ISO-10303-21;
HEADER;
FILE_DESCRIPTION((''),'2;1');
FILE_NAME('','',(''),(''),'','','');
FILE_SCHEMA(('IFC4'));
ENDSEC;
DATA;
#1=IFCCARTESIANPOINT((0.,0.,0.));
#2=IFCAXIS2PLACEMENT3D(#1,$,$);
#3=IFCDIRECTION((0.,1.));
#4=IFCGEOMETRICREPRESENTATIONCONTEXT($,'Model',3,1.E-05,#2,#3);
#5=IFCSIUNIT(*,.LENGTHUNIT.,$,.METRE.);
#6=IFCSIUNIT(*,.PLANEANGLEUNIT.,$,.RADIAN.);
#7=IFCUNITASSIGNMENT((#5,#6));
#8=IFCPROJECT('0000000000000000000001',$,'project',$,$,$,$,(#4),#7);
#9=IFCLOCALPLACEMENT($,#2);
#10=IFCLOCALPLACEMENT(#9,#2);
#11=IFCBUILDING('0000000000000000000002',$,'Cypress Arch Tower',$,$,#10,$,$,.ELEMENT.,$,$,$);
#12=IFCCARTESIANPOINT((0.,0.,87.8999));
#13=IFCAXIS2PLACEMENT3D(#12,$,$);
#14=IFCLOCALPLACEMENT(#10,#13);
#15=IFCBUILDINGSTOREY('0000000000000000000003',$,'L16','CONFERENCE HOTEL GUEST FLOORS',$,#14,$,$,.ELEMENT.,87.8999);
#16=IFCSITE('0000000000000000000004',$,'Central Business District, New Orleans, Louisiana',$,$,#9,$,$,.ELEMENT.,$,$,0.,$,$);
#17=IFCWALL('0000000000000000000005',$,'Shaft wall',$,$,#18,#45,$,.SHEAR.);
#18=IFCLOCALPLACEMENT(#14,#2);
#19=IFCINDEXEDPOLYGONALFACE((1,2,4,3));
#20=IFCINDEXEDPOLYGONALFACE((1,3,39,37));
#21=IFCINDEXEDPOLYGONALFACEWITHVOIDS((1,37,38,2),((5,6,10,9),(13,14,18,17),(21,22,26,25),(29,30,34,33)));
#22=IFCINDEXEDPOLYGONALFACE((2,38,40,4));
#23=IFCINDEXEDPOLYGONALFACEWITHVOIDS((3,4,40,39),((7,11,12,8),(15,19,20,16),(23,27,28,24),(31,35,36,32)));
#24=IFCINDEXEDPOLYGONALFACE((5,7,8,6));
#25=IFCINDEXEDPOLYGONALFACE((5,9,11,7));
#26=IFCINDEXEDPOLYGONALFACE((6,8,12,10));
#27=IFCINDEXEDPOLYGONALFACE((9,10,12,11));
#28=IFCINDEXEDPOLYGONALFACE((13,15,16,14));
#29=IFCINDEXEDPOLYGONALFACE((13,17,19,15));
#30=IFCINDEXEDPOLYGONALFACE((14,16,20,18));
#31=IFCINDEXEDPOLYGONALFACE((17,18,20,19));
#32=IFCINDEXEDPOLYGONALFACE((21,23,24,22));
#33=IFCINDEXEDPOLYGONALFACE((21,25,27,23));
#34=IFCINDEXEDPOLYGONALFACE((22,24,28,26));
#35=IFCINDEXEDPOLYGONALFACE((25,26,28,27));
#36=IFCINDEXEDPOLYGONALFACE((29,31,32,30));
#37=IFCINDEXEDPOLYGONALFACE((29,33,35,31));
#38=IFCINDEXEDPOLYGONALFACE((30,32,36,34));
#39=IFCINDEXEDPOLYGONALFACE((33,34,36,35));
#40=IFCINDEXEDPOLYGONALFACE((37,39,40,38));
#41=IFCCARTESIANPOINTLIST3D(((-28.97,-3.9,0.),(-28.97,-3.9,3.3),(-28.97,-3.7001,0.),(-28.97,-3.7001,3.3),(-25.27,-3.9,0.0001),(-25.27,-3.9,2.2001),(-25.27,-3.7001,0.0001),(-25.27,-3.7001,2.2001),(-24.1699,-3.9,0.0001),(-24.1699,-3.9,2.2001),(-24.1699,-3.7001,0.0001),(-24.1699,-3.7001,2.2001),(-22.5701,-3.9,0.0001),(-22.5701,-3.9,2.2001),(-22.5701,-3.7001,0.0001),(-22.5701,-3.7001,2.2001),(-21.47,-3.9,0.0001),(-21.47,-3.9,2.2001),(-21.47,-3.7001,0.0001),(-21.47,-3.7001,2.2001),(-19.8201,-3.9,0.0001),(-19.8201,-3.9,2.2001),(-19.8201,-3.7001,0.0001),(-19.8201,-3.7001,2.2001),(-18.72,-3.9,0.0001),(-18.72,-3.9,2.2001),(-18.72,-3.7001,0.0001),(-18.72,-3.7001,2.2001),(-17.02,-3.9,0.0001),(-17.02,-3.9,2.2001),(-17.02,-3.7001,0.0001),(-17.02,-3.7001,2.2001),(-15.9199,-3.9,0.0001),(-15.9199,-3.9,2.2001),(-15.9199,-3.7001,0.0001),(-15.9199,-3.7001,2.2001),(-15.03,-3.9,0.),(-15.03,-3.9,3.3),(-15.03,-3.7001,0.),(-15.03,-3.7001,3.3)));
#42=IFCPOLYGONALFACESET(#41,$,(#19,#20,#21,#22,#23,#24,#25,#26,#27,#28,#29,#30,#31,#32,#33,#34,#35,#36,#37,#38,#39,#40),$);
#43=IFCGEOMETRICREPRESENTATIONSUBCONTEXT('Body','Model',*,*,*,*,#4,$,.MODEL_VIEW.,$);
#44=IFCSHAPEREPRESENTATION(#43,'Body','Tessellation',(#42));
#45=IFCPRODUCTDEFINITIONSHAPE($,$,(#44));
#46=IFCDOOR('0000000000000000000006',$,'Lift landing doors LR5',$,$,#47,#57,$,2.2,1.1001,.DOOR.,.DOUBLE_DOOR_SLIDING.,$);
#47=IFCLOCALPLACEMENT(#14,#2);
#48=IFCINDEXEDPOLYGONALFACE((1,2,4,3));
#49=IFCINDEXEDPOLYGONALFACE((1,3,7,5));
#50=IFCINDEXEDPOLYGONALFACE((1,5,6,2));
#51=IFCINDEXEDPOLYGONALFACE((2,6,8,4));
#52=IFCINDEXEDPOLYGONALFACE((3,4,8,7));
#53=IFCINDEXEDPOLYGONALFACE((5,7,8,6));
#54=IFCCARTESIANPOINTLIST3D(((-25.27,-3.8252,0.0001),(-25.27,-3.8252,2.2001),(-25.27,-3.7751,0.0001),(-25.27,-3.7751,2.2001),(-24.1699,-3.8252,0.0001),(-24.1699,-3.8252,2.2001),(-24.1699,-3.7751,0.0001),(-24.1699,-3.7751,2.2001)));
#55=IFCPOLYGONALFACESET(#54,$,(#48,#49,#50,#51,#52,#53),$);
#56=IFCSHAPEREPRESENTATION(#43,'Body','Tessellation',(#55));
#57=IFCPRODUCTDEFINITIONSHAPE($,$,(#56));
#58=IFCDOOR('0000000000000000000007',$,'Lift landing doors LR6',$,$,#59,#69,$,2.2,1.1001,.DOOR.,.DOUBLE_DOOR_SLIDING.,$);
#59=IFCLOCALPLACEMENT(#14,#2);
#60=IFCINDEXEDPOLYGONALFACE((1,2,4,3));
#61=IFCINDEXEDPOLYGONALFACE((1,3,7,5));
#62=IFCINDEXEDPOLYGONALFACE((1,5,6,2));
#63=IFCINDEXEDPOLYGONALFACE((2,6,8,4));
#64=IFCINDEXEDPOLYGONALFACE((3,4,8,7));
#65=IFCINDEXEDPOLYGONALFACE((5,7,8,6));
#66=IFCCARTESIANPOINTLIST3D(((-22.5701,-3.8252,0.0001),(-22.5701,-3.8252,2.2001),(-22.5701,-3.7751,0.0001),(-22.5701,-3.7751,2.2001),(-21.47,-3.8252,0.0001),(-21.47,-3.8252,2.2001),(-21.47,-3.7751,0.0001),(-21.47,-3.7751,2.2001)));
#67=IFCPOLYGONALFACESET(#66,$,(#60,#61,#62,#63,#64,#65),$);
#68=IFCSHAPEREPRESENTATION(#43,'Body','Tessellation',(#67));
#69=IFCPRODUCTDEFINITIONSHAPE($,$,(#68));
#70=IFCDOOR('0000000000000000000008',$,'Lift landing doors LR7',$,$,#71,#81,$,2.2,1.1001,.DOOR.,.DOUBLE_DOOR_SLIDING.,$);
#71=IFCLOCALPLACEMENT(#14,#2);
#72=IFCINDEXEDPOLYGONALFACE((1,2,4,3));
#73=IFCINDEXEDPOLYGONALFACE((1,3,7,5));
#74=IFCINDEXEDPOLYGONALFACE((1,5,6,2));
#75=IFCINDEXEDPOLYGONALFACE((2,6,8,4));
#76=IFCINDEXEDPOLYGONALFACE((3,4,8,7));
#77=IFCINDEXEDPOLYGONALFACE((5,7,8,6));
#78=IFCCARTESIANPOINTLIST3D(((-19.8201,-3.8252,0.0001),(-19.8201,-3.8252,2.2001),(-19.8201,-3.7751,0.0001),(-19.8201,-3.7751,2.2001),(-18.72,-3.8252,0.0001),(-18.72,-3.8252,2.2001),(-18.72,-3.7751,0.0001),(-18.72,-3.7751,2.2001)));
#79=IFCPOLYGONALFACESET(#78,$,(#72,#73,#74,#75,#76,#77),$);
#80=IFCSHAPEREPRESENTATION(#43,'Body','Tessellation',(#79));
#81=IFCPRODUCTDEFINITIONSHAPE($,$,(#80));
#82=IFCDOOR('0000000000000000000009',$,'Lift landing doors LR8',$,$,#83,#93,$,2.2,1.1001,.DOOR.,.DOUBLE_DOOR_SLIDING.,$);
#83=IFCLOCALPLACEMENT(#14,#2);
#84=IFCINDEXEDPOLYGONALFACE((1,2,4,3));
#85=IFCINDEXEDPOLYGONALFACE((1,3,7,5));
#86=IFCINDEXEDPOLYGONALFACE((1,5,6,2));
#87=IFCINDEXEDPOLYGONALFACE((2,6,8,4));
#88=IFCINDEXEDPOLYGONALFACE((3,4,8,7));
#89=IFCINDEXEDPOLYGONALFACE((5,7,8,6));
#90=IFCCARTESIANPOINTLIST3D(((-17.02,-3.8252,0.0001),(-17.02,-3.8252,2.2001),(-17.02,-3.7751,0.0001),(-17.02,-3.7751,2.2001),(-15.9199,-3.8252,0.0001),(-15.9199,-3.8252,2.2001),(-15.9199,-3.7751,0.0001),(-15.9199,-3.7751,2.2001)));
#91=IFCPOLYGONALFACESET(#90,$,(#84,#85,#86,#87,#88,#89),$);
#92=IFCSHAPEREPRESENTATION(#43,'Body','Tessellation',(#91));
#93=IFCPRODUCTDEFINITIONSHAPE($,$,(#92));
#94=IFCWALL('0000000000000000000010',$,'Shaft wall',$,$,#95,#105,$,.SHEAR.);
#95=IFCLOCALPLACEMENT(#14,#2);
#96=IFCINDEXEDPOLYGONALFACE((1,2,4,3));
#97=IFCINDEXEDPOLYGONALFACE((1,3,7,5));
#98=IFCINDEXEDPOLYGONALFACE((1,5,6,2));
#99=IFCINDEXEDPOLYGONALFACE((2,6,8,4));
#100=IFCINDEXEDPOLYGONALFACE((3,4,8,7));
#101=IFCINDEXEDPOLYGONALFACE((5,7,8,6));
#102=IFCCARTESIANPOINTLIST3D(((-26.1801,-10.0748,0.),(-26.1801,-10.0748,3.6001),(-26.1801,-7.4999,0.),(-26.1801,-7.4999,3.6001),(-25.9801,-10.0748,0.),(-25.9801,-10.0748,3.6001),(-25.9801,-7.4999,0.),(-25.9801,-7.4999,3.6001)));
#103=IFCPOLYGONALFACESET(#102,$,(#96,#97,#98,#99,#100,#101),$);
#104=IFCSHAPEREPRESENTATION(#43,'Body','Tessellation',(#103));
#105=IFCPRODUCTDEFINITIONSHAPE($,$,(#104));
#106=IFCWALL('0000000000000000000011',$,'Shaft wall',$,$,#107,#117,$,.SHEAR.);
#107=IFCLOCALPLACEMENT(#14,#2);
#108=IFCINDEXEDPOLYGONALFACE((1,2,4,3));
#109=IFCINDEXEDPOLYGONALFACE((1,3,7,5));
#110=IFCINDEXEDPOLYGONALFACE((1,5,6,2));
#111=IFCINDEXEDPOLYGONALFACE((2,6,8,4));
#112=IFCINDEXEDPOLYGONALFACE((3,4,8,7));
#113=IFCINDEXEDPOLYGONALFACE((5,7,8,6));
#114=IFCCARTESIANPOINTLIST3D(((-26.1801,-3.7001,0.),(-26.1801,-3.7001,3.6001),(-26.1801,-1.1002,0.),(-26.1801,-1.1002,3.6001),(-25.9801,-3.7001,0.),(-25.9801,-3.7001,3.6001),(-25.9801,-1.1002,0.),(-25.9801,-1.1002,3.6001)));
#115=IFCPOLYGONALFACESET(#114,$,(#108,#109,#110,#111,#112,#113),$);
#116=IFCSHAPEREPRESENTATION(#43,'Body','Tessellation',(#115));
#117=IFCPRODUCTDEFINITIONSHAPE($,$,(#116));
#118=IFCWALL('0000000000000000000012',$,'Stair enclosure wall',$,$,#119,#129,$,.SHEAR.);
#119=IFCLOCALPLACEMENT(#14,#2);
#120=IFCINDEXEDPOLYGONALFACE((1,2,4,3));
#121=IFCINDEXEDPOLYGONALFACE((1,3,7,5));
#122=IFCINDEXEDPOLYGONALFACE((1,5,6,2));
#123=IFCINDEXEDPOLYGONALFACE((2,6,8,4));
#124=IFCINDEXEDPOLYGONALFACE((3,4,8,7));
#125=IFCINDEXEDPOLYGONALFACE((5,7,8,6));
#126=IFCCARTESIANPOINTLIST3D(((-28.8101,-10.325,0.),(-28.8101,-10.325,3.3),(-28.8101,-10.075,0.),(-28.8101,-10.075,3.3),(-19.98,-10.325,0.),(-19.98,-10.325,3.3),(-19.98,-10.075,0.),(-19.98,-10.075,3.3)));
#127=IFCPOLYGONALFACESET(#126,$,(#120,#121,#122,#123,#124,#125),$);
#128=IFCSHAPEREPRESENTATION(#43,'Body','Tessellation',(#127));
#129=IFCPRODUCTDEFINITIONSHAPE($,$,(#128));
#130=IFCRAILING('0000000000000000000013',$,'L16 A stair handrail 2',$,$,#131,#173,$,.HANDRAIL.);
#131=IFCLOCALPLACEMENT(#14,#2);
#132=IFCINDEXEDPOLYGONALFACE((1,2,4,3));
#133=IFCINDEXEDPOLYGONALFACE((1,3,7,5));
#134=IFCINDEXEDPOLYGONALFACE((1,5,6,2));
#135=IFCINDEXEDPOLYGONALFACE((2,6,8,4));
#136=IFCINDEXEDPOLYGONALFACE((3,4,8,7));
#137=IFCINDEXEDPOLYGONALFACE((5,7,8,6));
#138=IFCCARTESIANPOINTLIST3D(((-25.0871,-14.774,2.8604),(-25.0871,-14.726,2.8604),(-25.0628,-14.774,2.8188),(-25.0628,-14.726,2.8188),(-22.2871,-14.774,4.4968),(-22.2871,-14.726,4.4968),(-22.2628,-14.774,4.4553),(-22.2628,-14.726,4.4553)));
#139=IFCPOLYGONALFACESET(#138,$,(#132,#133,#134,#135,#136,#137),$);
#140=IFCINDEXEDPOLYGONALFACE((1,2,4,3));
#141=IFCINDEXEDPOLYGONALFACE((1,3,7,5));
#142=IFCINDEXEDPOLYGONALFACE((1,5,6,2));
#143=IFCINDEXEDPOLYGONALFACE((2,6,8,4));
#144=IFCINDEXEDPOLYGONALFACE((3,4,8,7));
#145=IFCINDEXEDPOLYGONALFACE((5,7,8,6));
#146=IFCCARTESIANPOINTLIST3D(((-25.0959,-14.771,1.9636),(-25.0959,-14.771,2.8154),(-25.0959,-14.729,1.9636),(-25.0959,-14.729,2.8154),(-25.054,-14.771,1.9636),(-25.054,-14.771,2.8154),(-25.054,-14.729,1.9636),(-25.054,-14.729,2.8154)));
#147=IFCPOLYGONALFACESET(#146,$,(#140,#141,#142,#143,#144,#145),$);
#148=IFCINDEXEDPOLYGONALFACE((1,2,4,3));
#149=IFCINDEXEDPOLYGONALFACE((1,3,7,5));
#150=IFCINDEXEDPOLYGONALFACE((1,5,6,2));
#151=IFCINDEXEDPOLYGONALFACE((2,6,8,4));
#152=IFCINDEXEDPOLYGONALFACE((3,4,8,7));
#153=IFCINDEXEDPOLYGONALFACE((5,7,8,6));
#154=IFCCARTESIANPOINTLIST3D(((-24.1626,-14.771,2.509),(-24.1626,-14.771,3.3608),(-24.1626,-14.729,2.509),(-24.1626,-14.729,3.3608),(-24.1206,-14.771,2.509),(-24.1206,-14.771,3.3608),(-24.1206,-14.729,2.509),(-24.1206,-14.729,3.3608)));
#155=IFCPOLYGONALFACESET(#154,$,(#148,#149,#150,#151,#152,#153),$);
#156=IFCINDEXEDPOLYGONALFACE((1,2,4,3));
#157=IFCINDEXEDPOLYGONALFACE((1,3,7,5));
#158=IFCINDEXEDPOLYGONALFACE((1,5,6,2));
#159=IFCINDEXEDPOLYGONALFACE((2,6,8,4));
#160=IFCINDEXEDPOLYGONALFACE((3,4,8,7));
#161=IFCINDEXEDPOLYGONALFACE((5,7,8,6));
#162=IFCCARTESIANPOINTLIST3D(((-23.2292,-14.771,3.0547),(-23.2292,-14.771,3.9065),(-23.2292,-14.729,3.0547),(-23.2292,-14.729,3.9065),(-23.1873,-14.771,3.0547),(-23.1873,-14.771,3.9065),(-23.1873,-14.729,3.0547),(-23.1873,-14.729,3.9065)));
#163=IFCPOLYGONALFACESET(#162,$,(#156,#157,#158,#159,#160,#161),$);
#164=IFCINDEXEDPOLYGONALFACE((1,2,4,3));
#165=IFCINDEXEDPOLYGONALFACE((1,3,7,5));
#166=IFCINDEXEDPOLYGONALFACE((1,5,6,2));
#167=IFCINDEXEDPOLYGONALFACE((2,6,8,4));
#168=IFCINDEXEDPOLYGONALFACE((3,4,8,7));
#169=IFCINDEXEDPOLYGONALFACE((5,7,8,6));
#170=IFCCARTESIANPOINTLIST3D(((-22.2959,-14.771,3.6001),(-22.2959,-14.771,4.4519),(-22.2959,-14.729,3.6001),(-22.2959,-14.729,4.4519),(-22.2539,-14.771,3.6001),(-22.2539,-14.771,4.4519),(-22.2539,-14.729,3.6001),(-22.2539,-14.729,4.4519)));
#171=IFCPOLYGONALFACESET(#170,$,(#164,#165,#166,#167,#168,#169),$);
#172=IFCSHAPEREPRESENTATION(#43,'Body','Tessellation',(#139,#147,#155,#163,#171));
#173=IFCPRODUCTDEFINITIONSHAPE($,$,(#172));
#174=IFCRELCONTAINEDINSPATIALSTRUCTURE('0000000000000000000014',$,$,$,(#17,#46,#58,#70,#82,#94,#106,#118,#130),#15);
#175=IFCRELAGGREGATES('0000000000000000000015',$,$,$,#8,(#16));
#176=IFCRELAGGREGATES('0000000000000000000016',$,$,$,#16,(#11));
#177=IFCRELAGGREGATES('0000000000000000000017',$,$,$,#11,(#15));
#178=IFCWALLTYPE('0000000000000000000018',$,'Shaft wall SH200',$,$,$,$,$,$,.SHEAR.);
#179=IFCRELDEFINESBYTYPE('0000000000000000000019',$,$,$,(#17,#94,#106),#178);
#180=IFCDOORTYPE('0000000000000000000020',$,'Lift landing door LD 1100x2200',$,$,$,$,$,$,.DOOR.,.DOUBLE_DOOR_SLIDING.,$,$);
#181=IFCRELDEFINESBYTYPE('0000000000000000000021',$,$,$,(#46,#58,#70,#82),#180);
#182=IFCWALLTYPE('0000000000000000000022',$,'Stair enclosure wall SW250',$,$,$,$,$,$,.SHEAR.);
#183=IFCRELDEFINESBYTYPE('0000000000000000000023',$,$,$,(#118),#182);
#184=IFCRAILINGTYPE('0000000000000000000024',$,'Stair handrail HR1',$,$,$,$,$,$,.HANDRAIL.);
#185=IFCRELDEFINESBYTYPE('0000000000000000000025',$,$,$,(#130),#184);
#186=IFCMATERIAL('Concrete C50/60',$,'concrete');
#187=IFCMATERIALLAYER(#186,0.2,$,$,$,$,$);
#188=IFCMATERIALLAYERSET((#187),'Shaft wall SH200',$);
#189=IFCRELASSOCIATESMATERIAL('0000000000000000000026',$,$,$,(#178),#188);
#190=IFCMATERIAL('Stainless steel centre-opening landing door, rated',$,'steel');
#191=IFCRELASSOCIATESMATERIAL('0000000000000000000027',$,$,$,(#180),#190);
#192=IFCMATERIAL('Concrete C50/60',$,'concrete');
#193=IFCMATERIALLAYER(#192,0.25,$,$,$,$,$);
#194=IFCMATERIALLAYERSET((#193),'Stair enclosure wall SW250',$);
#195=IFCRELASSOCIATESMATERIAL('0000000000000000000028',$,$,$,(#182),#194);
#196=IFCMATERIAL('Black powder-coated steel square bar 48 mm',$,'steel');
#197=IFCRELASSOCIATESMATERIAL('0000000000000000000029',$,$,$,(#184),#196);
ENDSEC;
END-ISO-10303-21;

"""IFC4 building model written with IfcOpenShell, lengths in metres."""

from ifc_helpers import new_model, si_unit, direction, frame, frame_2d, origin, origin_2d, place, context, subcontext, project, spatial, rectangle, extrude, material, layer, layer_set, type_object, element, fill, save


model = new_model("IFC4")

# Units and contexts
model_context = context("Model", 3, precision=1e-05, world=origin(), true_north=direction((0.0, 1.0)))
body_context = subcontext(model_context, "Body", "Model", "MODEL_VIEW")
ifc_project = project(units=[si_unit("LENGTHUNIT", "METRE"), si_unit("PLANEANGLEUNIT", "RADIAN")], contexts=[model_context])

# Site, building, storey
site_placement = place(None, origin())
site = spatial("IfcSite", under=ifc_project, at=site_placement, Name="Central Business District, New Orleans, Louisiana", CompositionType="ELEMENT", RefElevation=0.0)
building_placement = place(site_placement, origin())
building = spatial("IfcBuilding", under=site, at=building_placement, Name="Cypress Arch Tower", CompositionType="ELEMENT")
storey_placement = place(building_placement, frame((0.0, 0.0, 87.8999)))
storey = spatial("IfcBuildingStorey", under=building, at=storey_placement, Name="L16", Description="CONFERENCE HOTEL GUEST FLOORS", CompositionType="ELEMENT", Elevation=87.8999)

# Wall, openings, doors
ifc_material_1 = material(Name="Concrete C50/60", Category="concrete")
ifc_layer_1 = layer(ifc_material_1, 0.2)
ifc_layer_set_1 = layer_set([ifc_layer_1], Name="Shaft wall SH200")
wall_type_1 = type_object("IfcWallType", Name="Shaft wall SH200", PredefinedType="SHEAR", material=ifc_layer_set_1)
ifc_material_2 = material(Name="Stainless steel centre-opening landing door, rated", Category="steel")
door_type_1 = type_object("IfcDoorType", Name="Lift landing door LD 1100x2200", OperationType="DOUBLE_DOOR_SLIDING", PredefinedType="DOOR", material=ifc_material_2)
wall_1_placement = place(storey_placement, frame((-28.97, -3.8, 0.0), z_axis=(0.0, 0.0, 1.0), x_axis=(1.0, 0.0, 0.0)))
wall_1 = element("IfcWall", 1, at=wall_1_placement, inside=storey, type_object=wall_type_1, Name="Shaft wall", PredefinedType="SHEAR", context=body_context, shape_type="SweptSolid", body=[
    extrude(rectangle(XDim=13.9399, YDim=0.2, at=frame_2d((6.97, 0.0))), origin(), (0.0, 0.0, 1.0), 3.3),
])
opening_1_placement = place(wall_1_placement, frame((3.7, 0.0, 0.0)))
opening_1 = element("IfcOpeningElement", 2, at=opening_1_placement, cuts=wall_1, PredefinedType="OPENING", context=body_context, shape_type="SweptSolid", body=[
    extrude(rectangle(XDim=1.1001, YDim=2.2, at=frame_2d((0.55, 1.1001))), frame((0.0, 0.1099, 0.0), z_axis=(0.0, -1.0, 0.0), x_axis=(1.0, 0.0, 0.0)), (0.0, 0.0, 1.0), 0.22),
])
opening_2_placement = place(wall_1_placement, frame((6.3999, 0.0, 0.0)))
opening_2 = element("IfcOpeningElement", 3, at=opening_2_placement, cuts=wall_1, PredefinedType="OPENING", context=body_context, shape_type="SweptSolid", body=[
    extrude(rectangle(XDim=1.1001, YDim=2.2, at=frame_2d((0.55, 1.1001))), frame((0.0, 0.1099, 0.0), z_axis=(0.0, -1.0, 0.0), x_axis=(1.0, 0.0, 0.0)), (0.0, 0.0, 1.0), 0.22),
])
opening_3_placement = place(wall_1_placement, frame((9.1499, 0.0, 0.0)))
opening_3 = element("IfcOpeningElement", 4, at=opening_3_placement, cuts=wall_1, PredefinedType="OPENING", context=body_context, shape_type="SweptSolid", body=[
    extrude(rectangle(XDim=1.1001, YDim=2.2, at=frame_2d((0.55, 1.1001))), frame((0.0, 0.1099, 0.0), z_axis=(0.0, -1.0, 0.0), x_axis=(1.0, 0.0, 0.0)), (0.0, 0.0, 1.0), 0.22),
])
opening_4_placement = place(wall_1_placement, frame((11.95, 0.0, 0.0)))
opening_4 = element("IfcOpeningElement", 5, at=opening_4_placement, cuts=wall_1, PredefinedType="OPENING", context=body_context, shape_type="SweptSolid", body=[
    extrude(rectangle(XDim=1.1001, YDim=2.2, at=frame_2d((0.55, 1.1001))), frame((0.0, 0.1099, 0.0), z_axis=(0.0, -1.0, 0.0), x_axis=(1.0, 0.0, 0.0)), (0.0, 0.0, 1.0), 0.22),
])
door_1_placement = place(opening_1_placement, origin())
door_1 = element("IfcDoor", 6, at=door_1_placement, inside=storey, type_object=door_type_1, Name="Lift landing doors LR5", OperationType="DOUBLE_DOOR_SLIDING", OverallHeight=2.2, OverallWidth=1.1001, PredefinedType="DOOR", context=body_context, shape_type="SweptSolid", body=[
    extrude(rectangle(XDim=1.1001, YDim=2.2, at=frame_2d((0.55, 1.1001))), frame((0.0, 0.0249, 0.0), z_axis=(0.0, -1.0, 0.0), x_axis=(1.0, 0.0, 0.0)), (0.0, 0.0, 1.0), 0.05),
])
fill(opening_1, door_1)
door_2_placement = place(opening_2_placement, origin())
door_2 = element("IfcDoor", 7, at=door_2_placement, inside=storey, type_object=door_type_1, Name="Lift landing doors LR6", OperationType="DOUBLE_DOOR_SLIDING", OverallHeight=2.2, OverallWidth=1.1001, PredefinedType="DOOR", context=body_context, shape_type="SweptSolid", body=[
    extrude(rectangle(XDim=1.1001, YDim=2.2, at=frame_2d((0.55, 1.1001))), frame((0.0, 0.0249, 0.0), z_axis=(0.0, -1.0, 0.0), x_axis=(1.0, 0.0, 0.0)), (0.0, 0.0, 1.0), 0.05),
])
fill(opening_2, door_2)
door_3_placement = place(opening_3_placement, origin())
door_3 = element("IfcDoor", 8, at=door_3_placement, inside=storey, type_object=door_type_1, Name="Lift landing doors LR7", OperationType="DOUBLE_DOOR_SLIDING", OverallHeight=2.2, OverallWidth=1.1001, PredefinedType="DOOR", context=body_context, shape_type="SweptSolid", body=[
    extrude(rectangle(XDim=1.1001, YDim=2.2, at=frame_2d((0.55, 1.1001))), frame((0.0, 0.0249, 0.0), z_axis=(0.0, -1.0, 0.0), x_axis=(1.0, 0.0, 0.0)), (0.0, 0.0, 1.0), 0.05),
])
fill(opening_3, door_3)
door_4_placement = place(opening_4_placement, origin())
door_4 = element("IfcDoor", 9, at=door_4_placement, inside=storey, type_object=door_type_1, Name="Lift landing doors LR8", OperationType="DOUBLE_DOOR_SLIDING", OverallHeight=2.2, OverallWidth=1.1001, PredefinedType="DOOR", context=body_context, shape_type="SweptSolid", body=[
    extrude(rectangle(XDim=1.1001, YDim=2.2, at=frame_2d((0.55, 1.1001))), frame((0.0, 0.0249, 0.0), z_axis=(0.0, -1.0, 0.0), x_axis=(1.0, 0.0, 0.0)), (0.0, 0.0, 1.0), 0.05),
])
fill(opening_4, door_4)

# Walls
wall_2_placement = place(storey_placement, frame((-26.0801, -10.075, 0.0), z_axis=(0.0, 0.0, 1.0), x_axis=(0.0, 1.0, 0.0)))
element("IfcWall", 10, at=wall_2_placement, inside=storey, type_object=wall_type_1, Name="Shaft wall", PredefinedType="SHEAR", context=body_context, shape_type="SweptSolid", body=[
    extrude(rectangle(XDim=2.575, YDim=0.2, at=frame_2d((1.2876, 0.0))), origin(), (0.0, 0.0, 1.0), 3.6001),
])
wall_3_placement = place(storey_placement, frame((-26.0801, -3.7, 0.0), z_axis=(0.0, 0.0, 1.0), x_axis=(0.0, 1.0, 0.0)))
element("IfcWall", 11, at=wall_3_placement, inside=storey, type_object=wall_type_1, Name="Shaft wall", PredefinedType="SHEAR", context=body_context, shape_type="SweptSolid", body=[
    extrude(rectangle(XDim=2.5999, YDim=0.2, at=frame_2d((1.2998, 0.0))), origin(), (0.0, 0.0, 1.0), 3.6001),
])
ifc_material_3 = material(Name="Concrete C50/60", Category="concrete")
ifc_layer_2 = layer(ifc_material_3, 0.25)
ifc_layer_set_2 = layer_set([ifc_layer_2], Name="Stair enclosure wall SW250")
wall_type_2 = type_object("IfcWallType", Name="Stair enclosure wall SW250", PredefinedType="SHEAR", material=ifc_layer_set_2)
wall_4_placement = place(storey_placement, frame((-28.8101, -10.2, 0.0), z_axis=(0.0, 0.0, 1.0), x_axis=(1.0, 0.0, 0.0)))
element("IfcWall", 12, at=wall_4_placement, inside=storey, type_object=wall_type_2, Name="Stair enclosure wall", PredefinedType="SHEAR", context=body_context, shape_type="SweptSolid", body=[
    extrude(rectangle(XDim=8.8301, YDim=0.25, at=frame_2d((4.415, 0.0))), origin(), (0.0, 0.0, 1.0), 3.3),
])

# Railing
ifc_material_4 = material(Name="Black powder-coated steel square bar 48 mm", Category="steel")
railing_type_1 = type_object("IfcRailingType", Name="Stair handrail HR1", PredefinedType="HANDRAIL", material=ifc_material_4)
railing_1_placement = place(storey_placement, frame((-25.075, -14.75, 1.9636)))
element("IfcRailing", 13, at=railing_1_placement, inside=storey, type_object=railing_type_1, Name="L16 A stair handrail 2", PredefinedType="HANDRAIL", context=body_context, shape_type="SweptSolid", body=[
    extrude(rectangle(XDim=0.0481, YDim=0.0481, at=origin_2d()), frame((0.0, 0.0, 0.876), z_axis=(0.863361, 0.0, 0.504587), x_axis=(0.0, 1.0, 0.0)), (0.0, 0.0, 1.0), 3.2432),
    extrude(rectangle(XDim=0.042, YDim=0.042, at=origin_2d()), origin(), (0.0, 0.0, 1.0), 0.8518),
    extrude(rectangle(XDim=0.042, YDim=0.042, at=origin_2d()), frame((0.9333, 0.0, 0.5454)), (0.0, 0.0, 1.0), 0.8518),
    extrude(rectangle(XDim=0.042, YDim=0.042, at=origin_2d()), frame((1.8667, 0.0, 1.0911)), (0.0, 0.0, 1.0), 0.8518),
    extrude(rectangle(XDim=0.042, YDim=0.042, at=origin_2d()), frame((2.8, 0.0, 1.6365)), (0.0, 0.0, 1.0), 0.8518),
])

save(model, "model.ifc")
